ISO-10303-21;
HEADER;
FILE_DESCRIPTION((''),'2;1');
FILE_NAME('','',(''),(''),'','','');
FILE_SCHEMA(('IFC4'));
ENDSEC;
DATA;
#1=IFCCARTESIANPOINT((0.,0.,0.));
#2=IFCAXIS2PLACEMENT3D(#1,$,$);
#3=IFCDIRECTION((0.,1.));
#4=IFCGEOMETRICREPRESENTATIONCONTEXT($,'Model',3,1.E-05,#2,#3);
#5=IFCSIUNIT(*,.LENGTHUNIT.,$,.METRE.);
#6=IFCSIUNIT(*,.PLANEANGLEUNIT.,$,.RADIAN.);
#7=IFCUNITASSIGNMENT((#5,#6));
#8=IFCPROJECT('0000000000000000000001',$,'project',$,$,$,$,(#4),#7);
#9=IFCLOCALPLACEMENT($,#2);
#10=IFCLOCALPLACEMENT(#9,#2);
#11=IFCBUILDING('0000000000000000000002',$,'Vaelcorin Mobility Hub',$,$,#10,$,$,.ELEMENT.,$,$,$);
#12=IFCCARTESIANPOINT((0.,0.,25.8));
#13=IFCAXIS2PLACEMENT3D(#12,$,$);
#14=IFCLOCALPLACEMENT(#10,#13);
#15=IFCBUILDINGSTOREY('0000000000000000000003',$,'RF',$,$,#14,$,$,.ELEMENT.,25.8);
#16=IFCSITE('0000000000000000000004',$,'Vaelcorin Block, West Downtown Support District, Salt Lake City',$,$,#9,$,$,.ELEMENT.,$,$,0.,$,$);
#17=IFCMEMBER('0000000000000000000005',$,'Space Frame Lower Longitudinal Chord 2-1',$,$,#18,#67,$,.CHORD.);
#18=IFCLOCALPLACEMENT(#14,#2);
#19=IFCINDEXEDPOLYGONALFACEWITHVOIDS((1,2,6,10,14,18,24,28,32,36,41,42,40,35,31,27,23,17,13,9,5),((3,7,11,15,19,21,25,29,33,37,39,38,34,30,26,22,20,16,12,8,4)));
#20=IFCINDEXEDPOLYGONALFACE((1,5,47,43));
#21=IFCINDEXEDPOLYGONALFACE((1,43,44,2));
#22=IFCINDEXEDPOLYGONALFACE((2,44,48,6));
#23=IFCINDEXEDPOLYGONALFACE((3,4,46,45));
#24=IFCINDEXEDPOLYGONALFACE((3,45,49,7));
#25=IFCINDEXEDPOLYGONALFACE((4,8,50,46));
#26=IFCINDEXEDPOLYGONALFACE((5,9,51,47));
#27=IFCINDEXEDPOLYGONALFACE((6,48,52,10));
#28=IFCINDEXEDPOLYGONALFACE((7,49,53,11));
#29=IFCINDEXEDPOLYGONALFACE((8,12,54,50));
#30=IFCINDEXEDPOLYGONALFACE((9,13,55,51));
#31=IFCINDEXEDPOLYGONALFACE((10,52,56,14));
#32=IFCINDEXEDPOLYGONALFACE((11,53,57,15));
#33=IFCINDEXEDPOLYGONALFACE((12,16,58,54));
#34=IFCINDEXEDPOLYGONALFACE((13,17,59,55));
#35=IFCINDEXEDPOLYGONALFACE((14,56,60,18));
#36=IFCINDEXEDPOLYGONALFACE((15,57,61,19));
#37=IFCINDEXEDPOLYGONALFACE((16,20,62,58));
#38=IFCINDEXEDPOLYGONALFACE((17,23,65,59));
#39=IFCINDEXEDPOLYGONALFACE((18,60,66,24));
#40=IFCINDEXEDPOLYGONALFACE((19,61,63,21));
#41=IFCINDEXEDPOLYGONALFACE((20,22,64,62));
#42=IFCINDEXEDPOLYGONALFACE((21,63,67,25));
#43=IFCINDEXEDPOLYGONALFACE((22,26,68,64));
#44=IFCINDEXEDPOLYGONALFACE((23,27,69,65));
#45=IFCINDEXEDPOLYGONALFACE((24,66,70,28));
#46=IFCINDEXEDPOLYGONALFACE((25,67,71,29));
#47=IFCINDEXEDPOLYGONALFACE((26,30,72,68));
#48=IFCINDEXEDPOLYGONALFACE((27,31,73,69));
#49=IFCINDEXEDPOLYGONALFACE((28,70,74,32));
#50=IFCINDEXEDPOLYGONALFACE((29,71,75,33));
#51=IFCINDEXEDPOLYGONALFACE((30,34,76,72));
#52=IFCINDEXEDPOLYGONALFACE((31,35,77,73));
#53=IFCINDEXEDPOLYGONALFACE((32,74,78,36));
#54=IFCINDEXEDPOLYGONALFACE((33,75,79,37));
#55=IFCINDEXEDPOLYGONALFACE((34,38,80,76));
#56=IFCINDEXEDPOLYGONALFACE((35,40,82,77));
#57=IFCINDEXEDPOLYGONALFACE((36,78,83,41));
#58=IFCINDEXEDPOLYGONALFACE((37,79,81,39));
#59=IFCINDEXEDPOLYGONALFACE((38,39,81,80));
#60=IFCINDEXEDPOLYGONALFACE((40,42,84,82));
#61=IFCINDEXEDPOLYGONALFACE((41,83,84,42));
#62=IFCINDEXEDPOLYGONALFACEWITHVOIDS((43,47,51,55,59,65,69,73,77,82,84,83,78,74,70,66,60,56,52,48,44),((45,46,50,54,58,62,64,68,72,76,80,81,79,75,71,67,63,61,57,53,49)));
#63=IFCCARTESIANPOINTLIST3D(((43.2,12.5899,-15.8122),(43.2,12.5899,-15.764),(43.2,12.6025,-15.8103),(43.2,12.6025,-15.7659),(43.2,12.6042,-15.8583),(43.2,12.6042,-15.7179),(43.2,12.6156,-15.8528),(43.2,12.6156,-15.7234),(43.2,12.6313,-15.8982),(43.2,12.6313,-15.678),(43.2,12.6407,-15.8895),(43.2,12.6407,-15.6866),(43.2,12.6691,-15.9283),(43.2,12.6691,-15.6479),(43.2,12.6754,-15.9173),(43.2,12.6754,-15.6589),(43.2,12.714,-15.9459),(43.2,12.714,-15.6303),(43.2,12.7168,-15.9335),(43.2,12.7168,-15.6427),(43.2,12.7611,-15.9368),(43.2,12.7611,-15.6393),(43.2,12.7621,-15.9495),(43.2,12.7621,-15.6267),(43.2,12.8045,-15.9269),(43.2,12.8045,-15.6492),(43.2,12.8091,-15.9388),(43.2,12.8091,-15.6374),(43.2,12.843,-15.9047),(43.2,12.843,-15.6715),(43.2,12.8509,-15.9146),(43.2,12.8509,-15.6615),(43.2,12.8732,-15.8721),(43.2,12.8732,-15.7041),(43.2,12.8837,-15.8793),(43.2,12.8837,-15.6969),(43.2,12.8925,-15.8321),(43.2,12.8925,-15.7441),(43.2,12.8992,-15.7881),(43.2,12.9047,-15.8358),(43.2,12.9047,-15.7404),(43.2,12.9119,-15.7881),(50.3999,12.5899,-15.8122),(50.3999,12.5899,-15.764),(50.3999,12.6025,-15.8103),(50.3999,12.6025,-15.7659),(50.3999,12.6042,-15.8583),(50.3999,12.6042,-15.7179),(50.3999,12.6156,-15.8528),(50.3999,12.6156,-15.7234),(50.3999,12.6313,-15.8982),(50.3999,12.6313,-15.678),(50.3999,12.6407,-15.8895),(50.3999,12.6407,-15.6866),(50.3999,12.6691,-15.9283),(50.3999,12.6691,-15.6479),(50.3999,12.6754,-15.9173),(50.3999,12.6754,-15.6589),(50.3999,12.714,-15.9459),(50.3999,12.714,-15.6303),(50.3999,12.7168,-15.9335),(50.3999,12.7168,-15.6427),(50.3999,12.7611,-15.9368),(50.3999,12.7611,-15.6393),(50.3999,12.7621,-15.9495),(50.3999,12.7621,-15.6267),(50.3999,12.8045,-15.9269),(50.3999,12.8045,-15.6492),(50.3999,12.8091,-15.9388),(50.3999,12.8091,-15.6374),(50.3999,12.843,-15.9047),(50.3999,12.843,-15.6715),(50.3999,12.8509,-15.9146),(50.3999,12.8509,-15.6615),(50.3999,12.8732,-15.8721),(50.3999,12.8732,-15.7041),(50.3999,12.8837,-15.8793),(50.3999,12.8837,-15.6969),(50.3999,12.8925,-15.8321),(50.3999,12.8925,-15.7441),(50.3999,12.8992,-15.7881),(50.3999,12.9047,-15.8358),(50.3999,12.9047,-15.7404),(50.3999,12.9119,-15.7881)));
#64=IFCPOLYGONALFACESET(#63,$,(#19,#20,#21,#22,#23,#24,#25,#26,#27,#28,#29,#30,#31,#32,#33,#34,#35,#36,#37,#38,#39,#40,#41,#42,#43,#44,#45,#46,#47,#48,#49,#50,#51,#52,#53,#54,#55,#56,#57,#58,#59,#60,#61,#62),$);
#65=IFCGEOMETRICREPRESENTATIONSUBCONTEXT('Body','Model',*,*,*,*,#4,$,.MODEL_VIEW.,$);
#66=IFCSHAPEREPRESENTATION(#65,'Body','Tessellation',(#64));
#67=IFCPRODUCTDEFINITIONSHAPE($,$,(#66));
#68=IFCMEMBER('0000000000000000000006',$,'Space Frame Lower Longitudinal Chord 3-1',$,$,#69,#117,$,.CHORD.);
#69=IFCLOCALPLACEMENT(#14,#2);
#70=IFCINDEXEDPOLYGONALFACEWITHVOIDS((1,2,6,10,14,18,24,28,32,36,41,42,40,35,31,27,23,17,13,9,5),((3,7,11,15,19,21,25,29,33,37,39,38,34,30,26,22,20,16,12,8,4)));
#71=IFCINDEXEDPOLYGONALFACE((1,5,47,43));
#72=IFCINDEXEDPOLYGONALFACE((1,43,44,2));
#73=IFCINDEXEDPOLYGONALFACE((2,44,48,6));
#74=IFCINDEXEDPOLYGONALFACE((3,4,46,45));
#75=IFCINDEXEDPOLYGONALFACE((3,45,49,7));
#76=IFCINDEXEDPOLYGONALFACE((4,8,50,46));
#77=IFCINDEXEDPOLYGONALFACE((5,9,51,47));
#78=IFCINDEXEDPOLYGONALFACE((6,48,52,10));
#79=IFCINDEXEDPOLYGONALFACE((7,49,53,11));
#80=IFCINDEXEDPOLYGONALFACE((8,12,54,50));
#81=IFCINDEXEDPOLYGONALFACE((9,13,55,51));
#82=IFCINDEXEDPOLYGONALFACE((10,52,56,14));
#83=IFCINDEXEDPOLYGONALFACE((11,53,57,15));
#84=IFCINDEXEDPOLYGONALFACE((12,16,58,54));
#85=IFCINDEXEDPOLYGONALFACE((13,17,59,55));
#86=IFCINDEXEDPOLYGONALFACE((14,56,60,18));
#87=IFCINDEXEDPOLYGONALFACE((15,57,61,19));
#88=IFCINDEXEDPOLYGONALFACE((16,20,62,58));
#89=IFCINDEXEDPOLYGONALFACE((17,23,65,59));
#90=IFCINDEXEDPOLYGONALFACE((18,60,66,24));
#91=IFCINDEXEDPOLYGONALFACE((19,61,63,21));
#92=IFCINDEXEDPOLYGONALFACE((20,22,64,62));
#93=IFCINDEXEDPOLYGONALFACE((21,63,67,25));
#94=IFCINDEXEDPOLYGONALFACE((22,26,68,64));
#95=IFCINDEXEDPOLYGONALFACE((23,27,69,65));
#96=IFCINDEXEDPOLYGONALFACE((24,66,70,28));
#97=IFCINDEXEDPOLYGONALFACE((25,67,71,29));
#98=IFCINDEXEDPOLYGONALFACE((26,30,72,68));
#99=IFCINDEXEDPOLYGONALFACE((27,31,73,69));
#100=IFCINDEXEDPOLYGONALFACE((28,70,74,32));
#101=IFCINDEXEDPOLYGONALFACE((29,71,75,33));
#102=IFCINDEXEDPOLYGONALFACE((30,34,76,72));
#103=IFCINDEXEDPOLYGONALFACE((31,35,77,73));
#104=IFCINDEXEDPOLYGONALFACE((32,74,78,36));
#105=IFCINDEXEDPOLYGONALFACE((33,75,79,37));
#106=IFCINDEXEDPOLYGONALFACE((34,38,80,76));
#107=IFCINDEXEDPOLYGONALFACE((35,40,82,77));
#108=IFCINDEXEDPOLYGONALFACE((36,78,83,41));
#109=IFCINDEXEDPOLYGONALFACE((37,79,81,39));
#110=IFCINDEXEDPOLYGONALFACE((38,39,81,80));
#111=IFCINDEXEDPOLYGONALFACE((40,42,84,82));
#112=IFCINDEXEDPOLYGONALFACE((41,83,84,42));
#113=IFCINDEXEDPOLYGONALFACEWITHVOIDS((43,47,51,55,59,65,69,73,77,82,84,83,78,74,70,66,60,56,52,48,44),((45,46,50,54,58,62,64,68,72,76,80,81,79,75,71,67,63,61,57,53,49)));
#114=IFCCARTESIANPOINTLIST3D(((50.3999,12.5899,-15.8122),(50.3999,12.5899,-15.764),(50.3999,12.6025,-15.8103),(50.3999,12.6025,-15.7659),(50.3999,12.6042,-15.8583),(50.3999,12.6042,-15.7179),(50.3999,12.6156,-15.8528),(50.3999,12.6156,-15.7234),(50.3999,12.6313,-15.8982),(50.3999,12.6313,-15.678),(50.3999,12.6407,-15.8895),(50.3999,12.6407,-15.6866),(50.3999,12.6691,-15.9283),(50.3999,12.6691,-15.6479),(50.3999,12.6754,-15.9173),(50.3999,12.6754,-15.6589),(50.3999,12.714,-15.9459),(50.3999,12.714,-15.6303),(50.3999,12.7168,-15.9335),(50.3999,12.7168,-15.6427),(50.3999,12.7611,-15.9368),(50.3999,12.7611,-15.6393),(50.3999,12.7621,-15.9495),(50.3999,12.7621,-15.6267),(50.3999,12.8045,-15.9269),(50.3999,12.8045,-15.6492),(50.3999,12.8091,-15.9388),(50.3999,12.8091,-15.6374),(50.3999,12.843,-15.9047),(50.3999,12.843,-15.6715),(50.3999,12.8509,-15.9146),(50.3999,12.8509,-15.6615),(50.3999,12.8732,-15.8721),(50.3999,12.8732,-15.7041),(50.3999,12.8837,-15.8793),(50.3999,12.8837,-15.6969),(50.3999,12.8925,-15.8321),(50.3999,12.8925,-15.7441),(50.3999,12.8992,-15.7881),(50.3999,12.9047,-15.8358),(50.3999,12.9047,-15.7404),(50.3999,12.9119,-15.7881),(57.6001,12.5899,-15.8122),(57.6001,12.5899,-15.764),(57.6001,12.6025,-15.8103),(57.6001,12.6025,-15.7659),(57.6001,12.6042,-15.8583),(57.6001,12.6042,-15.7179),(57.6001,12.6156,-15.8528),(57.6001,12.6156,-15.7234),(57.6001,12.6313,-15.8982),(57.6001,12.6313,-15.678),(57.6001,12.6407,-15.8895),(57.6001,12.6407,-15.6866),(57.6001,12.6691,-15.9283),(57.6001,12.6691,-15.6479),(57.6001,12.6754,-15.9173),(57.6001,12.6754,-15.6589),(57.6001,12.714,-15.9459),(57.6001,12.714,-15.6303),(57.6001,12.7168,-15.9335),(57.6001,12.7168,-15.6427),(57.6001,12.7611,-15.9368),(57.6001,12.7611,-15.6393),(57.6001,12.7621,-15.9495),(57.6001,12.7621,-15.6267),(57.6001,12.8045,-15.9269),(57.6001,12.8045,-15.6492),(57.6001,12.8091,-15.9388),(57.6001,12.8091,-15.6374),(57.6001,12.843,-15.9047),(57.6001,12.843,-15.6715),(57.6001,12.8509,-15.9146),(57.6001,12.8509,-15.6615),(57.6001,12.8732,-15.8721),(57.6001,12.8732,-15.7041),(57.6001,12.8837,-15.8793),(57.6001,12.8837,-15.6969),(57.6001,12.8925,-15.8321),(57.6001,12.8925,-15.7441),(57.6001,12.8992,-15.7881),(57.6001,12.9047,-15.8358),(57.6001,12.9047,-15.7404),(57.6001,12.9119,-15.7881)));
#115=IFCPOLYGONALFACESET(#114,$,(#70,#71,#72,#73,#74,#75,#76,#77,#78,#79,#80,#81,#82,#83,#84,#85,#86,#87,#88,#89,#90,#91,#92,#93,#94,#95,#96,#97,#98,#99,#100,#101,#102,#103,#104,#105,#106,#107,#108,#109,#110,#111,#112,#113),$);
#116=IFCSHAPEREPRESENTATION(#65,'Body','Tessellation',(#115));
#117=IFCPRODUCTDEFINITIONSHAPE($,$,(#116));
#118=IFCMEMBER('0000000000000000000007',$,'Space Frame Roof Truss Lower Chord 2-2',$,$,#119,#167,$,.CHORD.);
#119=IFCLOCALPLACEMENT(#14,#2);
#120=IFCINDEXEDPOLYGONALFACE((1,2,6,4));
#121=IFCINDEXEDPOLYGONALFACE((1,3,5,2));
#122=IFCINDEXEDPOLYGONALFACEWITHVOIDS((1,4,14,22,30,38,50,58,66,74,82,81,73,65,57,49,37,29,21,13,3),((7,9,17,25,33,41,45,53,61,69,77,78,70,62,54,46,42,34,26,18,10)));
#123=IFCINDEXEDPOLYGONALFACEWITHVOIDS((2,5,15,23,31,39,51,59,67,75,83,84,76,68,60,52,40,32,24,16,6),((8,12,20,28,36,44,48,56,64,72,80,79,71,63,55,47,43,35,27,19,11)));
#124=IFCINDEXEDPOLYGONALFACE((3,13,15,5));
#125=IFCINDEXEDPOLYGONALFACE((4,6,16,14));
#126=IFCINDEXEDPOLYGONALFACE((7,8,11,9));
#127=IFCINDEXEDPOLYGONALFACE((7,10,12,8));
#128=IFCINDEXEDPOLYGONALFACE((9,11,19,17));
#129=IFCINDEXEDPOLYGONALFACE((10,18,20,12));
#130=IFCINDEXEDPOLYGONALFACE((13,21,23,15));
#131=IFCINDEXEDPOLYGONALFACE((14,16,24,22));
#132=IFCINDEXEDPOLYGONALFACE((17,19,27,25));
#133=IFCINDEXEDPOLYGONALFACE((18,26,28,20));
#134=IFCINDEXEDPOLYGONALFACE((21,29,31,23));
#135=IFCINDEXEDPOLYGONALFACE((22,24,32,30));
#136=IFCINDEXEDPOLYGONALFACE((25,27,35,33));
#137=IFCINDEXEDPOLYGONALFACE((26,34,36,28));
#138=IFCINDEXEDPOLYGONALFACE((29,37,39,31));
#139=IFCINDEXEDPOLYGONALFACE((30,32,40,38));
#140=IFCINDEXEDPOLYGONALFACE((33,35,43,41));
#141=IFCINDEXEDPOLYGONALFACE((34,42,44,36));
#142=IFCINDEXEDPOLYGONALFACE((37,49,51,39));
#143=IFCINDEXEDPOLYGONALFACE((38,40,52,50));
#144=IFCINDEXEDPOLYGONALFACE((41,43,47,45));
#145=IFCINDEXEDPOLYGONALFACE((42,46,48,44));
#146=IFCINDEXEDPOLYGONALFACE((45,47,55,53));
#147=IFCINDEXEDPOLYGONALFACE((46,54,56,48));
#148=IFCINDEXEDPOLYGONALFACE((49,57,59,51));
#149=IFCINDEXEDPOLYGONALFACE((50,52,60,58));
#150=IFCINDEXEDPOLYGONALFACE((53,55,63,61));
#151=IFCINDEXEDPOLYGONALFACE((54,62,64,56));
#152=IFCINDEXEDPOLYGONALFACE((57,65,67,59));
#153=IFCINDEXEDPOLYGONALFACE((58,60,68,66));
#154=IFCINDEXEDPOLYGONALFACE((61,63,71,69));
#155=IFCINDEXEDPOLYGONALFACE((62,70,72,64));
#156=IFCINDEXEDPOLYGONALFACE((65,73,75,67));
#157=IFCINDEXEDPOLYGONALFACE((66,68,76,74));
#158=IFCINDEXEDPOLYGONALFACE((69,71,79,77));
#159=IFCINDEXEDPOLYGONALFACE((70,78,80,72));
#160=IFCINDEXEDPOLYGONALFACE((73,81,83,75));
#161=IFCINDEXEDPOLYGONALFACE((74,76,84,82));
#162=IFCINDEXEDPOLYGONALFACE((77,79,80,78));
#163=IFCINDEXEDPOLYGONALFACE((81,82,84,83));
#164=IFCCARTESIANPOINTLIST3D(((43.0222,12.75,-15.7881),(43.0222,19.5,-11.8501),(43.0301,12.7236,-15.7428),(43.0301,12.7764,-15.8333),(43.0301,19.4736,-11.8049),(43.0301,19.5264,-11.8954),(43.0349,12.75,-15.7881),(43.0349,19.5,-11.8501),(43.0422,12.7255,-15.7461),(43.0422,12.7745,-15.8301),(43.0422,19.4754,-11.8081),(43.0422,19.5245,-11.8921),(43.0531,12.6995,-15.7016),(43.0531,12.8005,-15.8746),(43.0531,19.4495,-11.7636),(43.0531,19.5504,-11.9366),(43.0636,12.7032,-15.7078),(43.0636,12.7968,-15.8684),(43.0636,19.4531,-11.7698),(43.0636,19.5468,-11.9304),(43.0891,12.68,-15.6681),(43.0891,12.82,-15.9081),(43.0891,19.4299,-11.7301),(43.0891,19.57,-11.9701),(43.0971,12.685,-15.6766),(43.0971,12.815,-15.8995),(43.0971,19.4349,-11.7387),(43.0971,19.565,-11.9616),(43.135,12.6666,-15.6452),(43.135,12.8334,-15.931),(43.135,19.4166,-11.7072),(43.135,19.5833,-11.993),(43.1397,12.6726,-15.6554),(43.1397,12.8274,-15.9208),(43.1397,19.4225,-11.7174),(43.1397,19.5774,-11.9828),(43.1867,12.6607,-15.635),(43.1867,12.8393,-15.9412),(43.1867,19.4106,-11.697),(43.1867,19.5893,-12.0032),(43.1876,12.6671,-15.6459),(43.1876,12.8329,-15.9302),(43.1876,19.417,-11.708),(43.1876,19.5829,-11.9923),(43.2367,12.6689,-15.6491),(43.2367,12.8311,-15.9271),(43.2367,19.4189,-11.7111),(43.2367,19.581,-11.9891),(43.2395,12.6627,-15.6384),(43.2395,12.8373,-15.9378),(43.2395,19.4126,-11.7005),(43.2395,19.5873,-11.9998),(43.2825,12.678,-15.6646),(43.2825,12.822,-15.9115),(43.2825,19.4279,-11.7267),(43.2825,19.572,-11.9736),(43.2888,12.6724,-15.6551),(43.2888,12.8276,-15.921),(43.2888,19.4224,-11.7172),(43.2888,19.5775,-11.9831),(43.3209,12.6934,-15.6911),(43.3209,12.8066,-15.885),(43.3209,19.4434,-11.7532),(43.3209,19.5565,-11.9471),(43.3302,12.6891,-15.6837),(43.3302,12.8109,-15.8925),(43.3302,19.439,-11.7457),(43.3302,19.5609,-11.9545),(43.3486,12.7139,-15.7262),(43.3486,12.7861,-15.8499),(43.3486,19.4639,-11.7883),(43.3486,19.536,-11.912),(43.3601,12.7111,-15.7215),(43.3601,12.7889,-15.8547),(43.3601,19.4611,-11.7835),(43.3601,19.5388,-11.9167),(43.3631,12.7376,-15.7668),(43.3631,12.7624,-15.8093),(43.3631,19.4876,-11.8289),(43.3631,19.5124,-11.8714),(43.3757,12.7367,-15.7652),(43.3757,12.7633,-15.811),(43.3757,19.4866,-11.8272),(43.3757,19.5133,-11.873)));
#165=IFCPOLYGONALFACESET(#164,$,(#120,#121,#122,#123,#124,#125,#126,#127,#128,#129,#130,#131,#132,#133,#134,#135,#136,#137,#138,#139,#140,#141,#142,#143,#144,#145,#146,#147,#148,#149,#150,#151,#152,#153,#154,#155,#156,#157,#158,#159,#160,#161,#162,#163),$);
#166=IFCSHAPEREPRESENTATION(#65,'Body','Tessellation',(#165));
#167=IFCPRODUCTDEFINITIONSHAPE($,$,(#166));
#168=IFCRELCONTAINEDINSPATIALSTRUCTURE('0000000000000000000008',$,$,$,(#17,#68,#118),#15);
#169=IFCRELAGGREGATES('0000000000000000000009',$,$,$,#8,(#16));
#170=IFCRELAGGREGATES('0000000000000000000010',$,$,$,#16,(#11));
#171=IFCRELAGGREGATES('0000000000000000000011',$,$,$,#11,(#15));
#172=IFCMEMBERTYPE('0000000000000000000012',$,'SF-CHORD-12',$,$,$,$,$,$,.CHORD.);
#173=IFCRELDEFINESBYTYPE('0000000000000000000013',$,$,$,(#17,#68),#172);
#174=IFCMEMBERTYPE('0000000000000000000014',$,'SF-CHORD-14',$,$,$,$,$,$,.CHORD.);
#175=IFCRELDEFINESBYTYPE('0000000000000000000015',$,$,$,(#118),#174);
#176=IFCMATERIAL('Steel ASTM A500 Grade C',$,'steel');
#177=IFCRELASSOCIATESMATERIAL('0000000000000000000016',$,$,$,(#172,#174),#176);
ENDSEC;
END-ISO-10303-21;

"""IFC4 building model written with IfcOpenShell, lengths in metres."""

from ifc_helpers import new_model, si_unit, direction, frame, origin, origin_2d, place, context, subcontext, project, spatial, hollow_circle, extrude, material, material_profile, profile_set, type_object, element, save


model = new_model("IFC4")

# Units and contexts
model_context = context("Model", 3, precision=1e-05, world=origin(), true_north=direction((0.0, 1.0)))
body_context = subcontext(model_context, "Body", "Model", "MODEL_VIEW")
ifc_project = project(units=[si_unit("LENGTHUNIT", "METRE"), si_unit("PLANEANGLEUNIT", "RADIAN")], contexts=[model_context])

# Site, building, storey
site_placement = place(None, origin())
site = spatial("IfcSite", under=ifc_project, at=site_placement, Name="Vaelcorin Block, West Downtown Support District, Salt Lake City", CompositionType="ELEMENT", RefElevation=0.0)
building_placement = place(site_placement, origin())
building = spatial("IfcBuilding", under=site, at=building_placement, Name="Vaelcorin Mobility Hub", CompositionType="ELEMENT")
storey_placement = place(building_placement, frame((0.0, 0.0, 25.8)))
storey = spatial("IfcBuildingStorey", under=building, at=storey_placement, Name="RF", CompositionType="ELEMENT", Elevation=25.8)

# Members
ifc_material_1 = material(Name="Steel ASTM A500 Grade C", Category="steel")
ifc_material_profile_1 = material_profile(ifc_material_1, hollow_circle(Radius=0.1619, WallThickness=0.0127, at=origin_2d()), Name="HSS12.750X0.500")
ifc_profile_set_1 = profile_set([ifc_material_profile_1], Name="Steel ASTM A500 Grade C")
member_type_1 = type_object("IfcMemberType", Name="SF-CHORD-12", PredefinedType="CHORD", material=ifc_profile_set_1)
member_1_placement = place(storey_placement, frame((43.2, 12.75, -15.7881), z_axis=(1.0, 0.0, 0.0), x_axis=(0.0, 1.0, 0.0)))
element("IfcMember", 1, at=member_1_placement, inside=storey, type_object=member_type_1, Name="Space Frame Lower Longitudinal Chord 2-1", PredefinedType="CHORD", context=body_context, shape_type="SweptSolid", body=[
    extrude(hollow_circle(Radius=0.1619, WallThickness=0.0127, at=origin_2d()), origin(), (0.0, 0.0, 1.0), 7.2),
])
member_2_placement = place(storey_placement, frame((50.3999, 12.75, -15.7881), z_axis=(1.0, 0.0, 0.0), x_axis=(0.0, 1.0, 0.0)))
element("IfcMember", 2, at=member_2_placement, inside=storey, type_object=member_type_1, Name="Space Frame Lower Longitudinal Chord 3-1", PredefinedType="CHORD", context=body_context, shape_type="SweptSolid", body=[
    extrude(hollow_circle(Radius=0.1619, WallThickness=0.0127, at=origin_2d()), origin(), (0.0, 0.0, 1.0), 7.2002),
])
ifc_material_profile_2 = material_profile(ifc_material_1, hollow_circle(Radius=0.1777, WallThickness=0.0127, at=origin_2d()), Name="HSS14.000X0.500")
ifc_profile_set_2 = profile_set([ifc_material_profile_2], Name="Steel ASTM A500 Grade C")
member_type_2 = type_object("IfcMemberType", Name="SF-CHORD-14", PredefinedType="CHORD", material=ifc_profile_set_2)
member_3_placement = place(storey_placement, frame((43.2, 12.75, -15.7881), z_axis=(0.0, 0.863752, 0.503918), x_axis=(-1.0, 0.0, 0.0)))
element("IfcMember", 3, at=member_3_placement, inside=storey, type_object=member_type_2, Name="Space Frame Roof Truss Lower Chord 2-2", PredefinedType="CHORD", context=body_context, shape_type="SweptSolid", body=[
    extrude(hollow_circle(Radius=0.1777, WallThickness=0.0127, at=origin_2d()), origin(), (0.0, 0.0, 1.0), 7.8147),
])

save(model, "model.ifc")
